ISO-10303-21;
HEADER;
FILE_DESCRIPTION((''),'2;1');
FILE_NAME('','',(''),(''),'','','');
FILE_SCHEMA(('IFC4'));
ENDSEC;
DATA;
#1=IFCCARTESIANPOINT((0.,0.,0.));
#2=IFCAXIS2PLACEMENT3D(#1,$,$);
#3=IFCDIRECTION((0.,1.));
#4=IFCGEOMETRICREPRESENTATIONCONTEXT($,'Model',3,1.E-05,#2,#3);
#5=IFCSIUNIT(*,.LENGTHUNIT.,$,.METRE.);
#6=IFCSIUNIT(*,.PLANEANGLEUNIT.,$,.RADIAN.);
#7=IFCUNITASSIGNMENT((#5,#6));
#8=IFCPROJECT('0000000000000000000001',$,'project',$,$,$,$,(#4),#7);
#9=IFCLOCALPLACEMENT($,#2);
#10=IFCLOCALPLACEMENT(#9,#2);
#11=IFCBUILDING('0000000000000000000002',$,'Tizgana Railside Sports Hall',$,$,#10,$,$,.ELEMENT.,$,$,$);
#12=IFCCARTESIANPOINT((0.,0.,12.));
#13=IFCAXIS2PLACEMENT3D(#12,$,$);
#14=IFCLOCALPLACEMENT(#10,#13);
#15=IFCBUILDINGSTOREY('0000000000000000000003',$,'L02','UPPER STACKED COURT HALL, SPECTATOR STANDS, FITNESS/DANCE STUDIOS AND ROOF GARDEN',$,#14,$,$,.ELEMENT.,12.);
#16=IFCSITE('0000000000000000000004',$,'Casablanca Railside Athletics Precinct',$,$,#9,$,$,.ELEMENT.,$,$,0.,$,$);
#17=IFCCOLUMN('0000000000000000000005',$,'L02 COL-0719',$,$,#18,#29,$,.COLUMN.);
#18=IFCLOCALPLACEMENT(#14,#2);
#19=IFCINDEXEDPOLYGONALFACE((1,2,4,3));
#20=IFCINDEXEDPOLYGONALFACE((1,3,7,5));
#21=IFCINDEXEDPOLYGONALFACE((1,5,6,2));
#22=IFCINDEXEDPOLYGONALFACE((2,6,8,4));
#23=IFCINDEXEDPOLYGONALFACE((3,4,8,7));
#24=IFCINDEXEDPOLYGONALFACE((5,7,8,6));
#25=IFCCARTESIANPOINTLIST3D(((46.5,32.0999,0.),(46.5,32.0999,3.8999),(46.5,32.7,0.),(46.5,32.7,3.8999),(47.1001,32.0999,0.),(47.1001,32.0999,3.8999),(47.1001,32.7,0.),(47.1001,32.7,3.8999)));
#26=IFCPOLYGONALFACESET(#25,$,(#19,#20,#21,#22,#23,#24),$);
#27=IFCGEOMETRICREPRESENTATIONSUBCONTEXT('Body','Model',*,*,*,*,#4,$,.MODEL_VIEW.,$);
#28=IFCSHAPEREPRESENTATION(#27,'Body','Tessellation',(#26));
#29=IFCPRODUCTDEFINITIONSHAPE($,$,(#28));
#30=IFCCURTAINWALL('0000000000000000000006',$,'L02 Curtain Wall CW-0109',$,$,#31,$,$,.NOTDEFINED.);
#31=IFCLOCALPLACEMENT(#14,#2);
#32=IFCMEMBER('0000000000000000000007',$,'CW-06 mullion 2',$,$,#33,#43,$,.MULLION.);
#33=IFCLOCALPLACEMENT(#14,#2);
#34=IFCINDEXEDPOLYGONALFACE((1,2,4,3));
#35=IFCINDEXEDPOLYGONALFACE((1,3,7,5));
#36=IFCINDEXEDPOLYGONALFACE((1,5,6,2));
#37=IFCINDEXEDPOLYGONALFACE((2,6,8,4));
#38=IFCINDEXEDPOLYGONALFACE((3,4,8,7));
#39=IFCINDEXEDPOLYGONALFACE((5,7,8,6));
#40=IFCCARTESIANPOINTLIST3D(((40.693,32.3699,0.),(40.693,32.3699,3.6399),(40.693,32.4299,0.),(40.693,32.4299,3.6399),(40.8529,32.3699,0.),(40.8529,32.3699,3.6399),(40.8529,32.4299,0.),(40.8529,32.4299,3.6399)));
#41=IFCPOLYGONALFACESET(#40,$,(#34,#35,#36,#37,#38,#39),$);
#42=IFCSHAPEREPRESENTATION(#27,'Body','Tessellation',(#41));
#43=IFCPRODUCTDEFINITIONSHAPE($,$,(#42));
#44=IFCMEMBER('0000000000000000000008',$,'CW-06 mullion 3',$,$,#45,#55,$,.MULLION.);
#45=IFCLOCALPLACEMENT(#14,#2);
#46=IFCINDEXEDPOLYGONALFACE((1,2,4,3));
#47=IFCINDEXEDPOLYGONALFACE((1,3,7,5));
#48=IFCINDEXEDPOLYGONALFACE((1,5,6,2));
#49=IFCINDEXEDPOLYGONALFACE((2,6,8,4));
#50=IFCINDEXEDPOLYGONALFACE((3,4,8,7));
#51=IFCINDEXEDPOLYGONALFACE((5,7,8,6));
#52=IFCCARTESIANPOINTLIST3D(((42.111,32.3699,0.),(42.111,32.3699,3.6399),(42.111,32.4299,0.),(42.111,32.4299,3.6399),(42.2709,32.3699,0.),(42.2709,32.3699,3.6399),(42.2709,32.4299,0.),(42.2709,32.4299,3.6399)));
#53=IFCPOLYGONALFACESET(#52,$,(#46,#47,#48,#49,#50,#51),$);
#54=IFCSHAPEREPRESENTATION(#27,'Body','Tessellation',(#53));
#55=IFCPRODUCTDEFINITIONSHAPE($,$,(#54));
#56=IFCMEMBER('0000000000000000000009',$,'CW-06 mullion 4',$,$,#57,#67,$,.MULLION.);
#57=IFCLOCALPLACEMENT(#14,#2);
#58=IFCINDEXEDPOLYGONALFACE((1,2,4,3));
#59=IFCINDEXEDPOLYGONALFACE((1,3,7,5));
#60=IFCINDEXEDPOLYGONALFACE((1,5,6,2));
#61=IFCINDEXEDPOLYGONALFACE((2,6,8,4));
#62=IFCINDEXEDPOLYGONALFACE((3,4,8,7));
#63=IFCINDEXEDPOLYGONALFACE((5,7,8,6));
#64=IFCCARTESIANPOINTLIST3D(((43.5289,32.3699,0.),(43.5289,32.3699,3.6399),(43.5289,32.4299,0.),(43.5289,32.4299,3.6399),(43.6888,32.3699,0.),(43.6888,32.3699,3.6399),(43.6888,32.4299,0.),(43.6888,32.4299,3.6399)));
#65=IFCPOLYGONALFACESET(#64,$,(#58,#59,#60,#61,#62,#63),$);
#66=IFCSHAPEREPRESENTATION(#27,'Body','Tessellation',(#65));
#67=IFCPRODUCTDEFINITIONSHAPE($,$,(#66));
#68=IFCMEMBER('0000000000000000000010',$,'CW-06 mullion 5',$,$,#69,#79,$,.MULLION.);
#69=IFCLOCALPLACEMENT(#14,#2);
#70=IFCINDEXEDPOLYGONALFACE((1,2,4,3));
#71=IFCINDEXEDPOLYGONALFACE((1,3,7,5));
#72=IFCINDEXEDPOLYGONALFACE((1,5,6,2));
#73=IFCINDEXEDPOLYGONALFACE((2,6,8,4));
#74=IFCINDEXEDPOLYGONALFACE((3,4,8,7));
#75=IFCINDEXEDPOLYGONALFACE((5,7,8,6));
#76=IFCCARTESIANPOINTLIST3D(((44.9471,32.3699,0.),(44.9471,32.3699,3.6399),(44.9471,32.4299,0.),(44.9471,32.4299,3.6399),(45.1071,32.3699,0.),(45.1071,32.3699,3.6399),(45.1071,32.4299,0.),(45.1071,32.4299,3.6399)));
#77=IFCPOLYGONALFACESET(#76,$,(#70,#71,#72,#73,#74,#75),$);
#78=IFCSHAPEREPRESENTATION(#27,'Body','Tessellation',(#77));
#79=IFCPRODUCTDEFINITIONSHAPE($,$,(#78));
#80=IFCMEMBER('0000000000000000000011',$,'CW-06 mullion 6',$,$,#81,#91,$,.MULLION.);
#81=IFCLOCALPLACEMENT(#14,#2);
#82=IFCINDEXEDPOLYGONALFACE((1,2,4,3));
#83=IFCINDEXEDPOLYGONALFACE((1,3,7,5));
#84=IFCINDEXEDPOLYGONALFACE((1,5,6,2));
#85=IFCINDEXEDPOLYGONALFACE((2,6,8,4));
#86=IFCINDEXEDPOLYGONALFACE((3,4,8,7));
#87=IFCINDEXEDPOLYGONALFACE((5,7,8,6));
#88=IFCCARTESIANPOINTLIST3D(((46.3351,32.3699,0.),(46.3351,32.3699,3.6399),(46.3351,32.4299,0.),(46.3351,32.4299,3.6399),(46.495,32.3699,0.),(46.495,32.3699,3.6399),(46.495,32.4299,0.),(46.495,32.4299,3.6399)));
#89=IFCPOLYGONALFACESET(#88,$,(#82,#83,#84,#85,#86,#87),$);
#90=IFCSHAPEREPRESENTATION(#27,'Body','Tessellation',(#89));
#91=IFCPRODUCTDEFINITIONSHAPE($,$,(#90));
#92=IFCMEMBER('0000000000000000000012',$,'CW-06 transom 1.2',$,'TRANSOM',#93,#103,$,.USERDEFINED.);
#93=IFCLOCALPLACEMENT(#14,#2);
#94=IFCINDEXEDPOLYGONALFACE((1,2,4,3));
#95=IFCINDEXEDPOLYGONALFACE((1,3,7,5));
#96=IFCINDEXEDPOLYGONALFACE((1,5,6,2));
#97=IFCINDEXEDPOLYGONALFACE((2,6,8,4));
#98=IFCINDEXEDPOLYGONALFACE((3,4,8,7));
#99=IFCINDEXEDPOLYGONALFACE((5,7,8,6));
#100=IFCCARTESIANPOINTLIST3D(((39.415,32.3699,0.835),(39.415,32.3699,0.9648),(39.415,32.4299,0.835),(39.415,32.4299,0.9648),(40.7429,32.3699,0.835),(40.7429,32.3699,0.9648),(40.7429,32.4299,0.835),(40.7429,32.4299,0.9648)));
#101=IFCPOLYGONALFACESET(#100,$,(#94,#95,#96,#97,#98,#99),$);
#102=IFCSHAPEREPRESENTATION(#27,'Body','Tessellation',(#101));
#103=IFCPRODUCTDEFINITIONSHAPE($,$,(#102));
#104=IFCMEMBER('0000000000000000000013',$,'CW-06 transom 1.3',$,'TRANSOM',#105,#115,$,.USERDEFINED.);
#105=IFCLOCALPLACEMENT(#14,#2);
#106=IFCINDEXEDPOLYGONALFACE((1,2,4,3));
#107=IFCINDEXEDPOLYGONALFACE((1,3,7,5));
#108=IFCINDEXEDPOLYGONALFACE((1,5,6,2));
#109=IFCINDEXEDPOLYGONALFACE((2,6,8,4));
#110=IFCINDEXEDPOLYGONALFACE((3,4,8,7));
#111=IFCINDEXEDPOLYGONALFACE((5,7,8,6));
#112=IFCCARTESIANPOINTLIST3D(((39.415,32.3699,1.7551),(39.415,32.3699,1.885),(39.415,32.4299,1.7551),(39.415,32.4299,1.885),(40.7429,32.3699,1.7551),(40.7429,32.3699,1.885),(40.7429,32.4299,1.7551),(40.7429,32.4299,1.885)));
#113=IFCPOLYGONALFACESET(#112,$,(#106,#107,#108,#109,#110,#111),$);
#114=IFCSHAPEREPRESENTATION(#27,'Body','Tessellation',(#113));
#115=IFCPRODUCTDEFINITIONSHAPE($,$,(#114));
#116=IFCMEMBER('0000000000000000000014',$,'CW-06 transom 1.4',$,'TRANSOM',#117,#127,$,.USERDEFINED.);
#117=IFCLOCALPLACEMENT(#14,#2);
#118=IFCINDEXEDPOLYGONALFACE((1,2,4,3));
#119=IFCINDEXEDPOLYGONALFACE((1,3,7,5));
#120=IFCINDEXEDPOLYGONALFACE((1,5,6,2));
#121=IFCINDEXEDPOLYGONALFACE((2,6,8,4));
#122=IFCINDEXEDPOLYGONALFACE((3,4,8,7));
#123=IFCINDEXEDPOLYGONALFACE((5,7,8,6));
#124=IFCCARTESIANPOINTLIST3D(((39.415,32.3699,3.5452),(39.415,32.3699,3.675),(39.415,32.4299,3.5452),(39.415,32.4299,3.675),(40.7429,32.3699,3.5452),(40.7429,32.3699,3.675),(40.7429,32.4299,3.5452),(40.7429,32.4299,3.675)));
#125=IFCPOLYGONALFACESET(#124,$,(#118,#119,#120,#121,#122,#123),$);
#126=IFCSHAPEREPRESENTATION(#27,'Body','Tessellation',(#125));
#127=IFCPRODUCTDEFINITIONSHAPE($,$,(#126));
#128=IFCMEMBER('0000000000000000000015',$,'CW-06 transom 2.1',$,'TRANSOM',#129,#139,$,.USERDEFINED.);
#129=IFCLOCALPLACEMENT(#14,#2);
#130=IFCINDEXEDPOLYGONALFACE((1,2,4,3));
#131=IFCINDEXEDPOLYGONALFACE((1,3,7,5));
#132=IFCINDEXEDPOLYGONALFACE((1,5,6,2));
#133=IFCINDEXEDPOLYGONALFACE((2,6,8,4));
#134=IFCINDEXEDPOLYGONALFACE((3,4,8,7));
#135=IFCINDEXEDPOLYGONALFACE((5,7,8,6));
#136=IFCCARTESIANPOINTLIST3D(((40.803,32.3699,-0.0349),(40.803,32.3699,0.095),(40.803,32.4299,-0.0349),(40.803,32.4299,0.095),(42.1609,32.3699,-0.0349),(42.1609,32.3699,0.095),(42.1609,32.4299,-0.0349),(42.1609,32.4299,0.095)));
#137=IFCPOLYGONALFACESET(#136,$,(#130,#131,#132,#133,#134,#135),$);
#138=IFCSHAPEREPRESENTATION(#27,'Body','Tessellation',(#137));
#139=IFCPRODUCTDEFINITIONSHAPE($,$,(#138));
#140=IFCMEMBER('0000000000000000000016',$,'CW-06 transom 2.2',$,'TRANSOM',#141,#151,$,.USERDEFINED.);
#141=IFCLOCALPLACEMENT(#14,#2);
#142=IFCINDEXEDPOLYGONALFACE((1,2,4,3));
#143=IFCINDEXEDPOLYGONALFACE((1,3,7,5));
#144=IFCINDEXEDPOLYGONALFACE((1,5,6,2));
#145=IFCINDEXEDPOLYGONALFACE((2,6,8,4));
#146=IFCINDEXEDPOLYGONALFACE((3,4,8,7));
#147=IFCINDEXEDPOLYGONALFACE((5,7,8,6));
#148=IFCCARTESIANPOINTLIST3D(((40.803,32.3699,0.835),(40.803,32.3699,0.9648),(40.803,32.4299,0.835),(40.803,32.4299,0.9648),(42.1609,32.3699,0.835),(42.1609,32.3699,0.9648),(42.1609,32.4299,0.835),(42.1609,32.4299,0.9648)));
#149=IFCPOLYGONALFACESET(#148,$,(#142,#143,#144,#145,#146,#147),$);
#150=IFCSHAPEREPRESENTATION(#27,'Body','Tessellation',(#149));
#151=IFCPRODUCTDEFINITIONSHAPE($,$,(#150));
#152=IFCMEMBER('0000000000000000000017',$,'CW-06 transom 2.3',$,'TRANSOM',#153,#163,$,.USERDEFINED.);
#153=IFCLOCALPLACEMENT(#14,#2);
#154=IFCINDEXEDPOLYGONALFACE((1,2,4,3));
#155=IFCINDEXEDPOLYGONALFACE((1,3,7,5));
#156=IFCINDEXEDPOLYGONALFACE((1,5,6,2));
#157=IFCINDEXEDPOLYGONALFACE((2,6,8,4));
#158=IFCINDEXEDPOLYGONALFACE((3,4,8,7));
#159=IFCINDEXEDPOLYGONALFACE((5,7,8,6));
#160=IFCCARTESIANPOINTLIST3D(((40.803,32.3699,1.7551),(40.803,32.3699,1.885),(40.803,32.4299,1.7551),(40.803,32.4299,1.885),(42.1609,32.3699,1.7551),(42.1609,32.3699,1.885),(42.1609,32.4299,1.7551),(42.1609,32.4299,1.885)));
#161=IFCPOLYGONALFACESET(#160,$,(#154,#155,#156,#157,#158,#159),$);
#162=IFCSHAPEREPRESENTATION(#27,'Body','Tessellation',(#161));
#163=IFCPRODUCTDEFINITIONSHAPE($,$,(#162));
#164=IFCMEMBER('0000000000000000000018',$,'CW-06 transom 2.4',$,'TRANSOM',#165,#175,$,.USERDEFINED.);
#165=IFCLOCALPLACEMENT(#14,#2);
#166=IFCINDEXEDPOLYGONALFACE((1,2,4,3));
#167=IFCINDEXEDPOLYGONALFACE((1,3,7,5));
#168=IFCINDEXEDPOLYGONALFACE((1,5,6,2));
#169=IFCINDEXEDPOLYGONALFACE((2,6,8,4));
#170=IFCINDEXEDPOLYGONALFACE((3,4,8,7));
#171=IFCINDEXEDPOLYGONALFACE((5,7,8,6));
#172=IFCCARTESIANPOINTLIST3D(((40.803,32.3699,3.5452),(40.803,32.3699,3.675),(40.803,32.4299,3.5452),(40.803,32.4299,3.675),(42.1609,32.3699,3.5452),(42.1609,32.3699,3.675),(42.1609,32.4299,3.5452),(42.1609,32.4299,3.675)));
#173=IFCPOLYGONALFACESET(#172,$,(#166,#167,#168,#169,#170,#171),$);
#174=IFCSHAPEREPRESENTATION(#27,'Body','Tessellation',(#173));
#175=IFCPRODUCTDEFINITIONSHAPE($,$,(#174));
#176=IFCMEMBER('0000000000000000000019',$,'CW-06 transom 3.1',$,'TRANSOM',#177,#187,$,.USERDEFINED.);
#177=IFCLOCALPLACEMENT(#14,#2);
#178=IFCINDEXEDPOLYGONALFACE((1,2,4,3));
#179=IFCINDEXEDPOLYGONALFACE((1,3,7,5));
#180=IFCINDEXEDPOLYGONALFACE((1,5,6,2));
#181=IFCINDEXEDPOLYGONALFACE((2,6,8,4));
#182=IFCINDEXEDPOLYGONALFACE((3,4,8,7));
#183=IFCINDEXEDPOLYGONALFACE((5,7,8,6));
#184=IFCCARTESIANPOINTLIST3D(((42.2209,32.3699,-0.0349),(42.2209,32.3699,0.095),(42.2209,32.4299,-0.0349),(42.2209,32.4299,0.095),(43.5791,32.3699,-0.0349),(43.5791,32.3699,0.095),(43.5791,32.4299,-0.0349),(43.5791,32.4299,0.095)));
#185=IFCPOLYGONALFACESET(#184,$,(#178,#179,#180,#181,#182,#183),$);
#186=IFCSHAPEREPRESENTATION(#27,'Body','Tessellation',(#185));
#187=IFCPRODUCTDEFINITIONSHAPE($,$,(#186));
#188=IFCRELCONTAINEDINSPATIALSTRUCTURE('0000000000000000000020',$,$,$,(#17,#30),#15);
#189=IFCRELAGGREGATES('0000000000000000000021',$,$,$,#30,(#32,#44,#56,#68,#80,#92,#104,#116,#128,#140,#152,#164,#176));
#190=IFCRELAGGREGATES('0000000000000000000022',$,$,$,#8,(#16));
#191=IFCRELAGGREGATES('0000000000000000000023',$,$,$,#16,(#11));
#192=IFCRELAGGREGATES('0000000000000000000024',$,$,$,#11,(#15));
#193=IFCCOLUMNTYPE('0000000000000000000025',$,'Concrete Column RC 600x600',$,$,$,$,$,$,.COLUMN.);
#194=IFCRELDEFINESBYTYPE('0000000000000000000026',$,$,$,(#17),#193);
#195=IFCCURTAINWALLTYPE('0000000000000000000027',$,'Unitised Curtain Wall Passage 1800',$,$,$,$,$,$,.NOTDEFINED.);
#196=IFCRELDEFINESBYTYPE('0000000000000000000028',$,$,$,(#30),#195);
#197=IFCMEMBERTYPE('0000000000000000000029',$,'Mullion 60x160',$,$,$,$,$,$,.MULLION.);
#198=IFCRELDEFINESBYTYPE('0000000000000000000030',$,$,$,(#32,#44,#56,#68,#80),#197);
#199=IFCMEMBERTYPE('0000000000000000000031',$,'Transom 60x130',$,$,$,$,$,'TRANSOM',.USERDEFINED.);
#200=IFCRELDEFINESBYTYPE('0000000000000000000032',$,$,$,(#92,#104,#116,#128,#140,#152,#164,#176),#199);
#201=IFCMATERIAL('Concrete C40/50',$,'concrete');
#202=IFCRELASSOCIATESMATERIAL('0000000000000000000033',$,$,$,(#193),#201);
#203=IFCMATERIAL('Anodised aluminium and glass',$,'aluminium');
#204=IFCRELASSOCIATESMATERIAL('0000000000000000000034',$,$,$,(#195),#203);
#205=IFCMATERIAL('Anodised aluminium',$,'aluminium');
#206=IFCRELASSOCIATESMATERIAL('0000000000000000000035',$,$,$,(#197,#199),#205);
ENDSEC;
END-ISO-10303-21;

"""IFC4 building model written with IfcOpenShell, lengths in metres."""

from ifc_helpers import new_model, si_unit, direction, frame, origin, origin_2d, place, context, subcontext, project, spatial, rectangle, extrude, material, material_profile, profile_set, type_object, element, aggregate, save


model = new_model("IFC4")

# Units and contexts
model_context = context("Model", 3, precision=1e-05, world=origin(), true_north=direction((0.0, 1.0)))
body_context = subcontext(model_context, "Body", "Model", "MODEL_VIEW")
ifc_project = project(units=[si_unit("LENGTHUNIT", "METRE"), si_unit("PLANEANGLEUNIT", "RADIAN")], contexts=[model_context])

# Site, building, storey
site_placement = place(None, origin())
site = spatial("IfcSite", under=ifc_project, at=site_placement, Name="Casablanca Railside Athletics Precinct", CompositionType="ELEMENT", RefElevation=0.0)
building_placement = place(site_placement, origin())
building = spatial("IfcBuilding", under=site, at=building_placement, Name="Tizgana Railside Sports Hall", CompositionType="ELEMENT")
storey_placement = place(building_placement, frame((0.0, 0.0, 12.0)))
storey = spatial("IfcBuildingStorey", under=building, at=storey_placement, Name="L02", Description="UPPER STACKED COURT HALL, SPECTATOR STANDS, FITNESS/DANCE STUDIOS AND ROOF GARDEN", CompositionType="ELEMENT", Elevation=12.0)

# Column
ifc_material_1 = material(Name="Concrete C40/50", Category="concrete")
ifc_material_profile_1 = material_profile(ifc_material_1, rectangle(XDim=0.6001, YDim=0.6001, at=origin_2d()), Name="RC 600x600")
ifc_profile_set_1 = profile_set([ifc_material_profile_1], Name="Concrete C40/50")
column_type = type_object("IfcColumnType", Name="Concrete Column RC 600x600", PredefinedType="COLUMN", material=ifc_profile_set_1)
column_placement = place(storey_placement, frame((46.8, 32.3999, 0.0), z_axis=(0.0, 0.0, 1.0), x_axis=(1.0, 0.0, 0.0)))
element("IfcColumn", 1, at=column_placement, inside=storey, type_object=column_type, Name="L02 COL-0719", PredefinedType="COLUMN", context=body_context, shape_type="SweptSolid", body=[
    extrude(rectangle(XDim=0.6001, YDim=0.6001, at=origin_2d()), origin(), (0.0, 0.0, 1.0), 3.8999),
])

# Curtain wall, members
ifc_material_2 = material(Name="Anodised aluminium and glass", Category="aluminium")
curtain_wall_type = type_object("IfcCurtainWallType", Name="Unitised Curtain Wall Passage 1800", PredefinedType="NOTDEFINED", material=ifc_material_2)
curtain_wall_placement = place(storey_placement, origin())
curtain_wall = element("IfcCurtainWall", 2, at=curtain_wall_placement, inside=storey, type_object=curtain_wall_type, Name="L02 Curtain Wall CW-0109", PredefinedType="NOTDEFINED")
ifc_material_3 = material(Name="Anodised aluminium", Category="aluminium")
ifc_material_profile_2 = material_profile(ifc_material_3, rectangle(XDim=0.0601, YDim=0.1599, at=origin_2d()), Name="Mullion 60x160")
ifc_profile_set_2 = profile_set([ifc_material_profile_2], Name="Anodised aluminium")
member_type_1 = type_object("IfcMemberType", Name="Mullion 60x160", PredefinedType="MULLION", material=ifc_profile_set_2)
member_1_placement = place(storey_placement, frame((40.7729, 32.3999, 0.0), z_axis=(0.0, 0.0, 1.0), x_axis=(0.0, 1.0, 0.0)))
member_1 = element("IfcMember", 3, at=member_1_placement, type_object=member_type_1, Name="CW-06 mullion 2", PredefinedType="MULLION", context=body_context, shape_type="SweptSolid", body=[
    extrude(rectangle(XDim=0.0601, YDim=0.1599, at=origin_2d()), origin(), (0.0, 0.0, 1.0), 3.6399),
])
member_2_placement = place(storey_placement, frame((42.1909, 32.3999, 0.0), z_axis=(0.0, 0.0, 1.0), x_axis=(0.0, 1.0, 0.0)))
member_2 = element("IfcMember", 4, at=member_2_placement, type_object=member_type_1, Name="CW-06 mullion 3", PredefinedType="MULLION", context=body_context, shape_type="SweptSolid", body=[
    extrude(rectangle(XDim=0.0601, YDim=0.1599, at=origin_2d()), origin(), (0.0, 0.0, 1.0), 3.6399),
])
member_3_placement = place(storey_placement, frame((43.6089, 32.3999, 0.0), z_axis=(0.0, 0.0, 1.0), x_axis=(0.0, 1.0, 0.0)))
member_3 = element("IfcMember", 5, at=member_3_placement, type_object=member_type_1, Name="CW-06 mullion 4", PredefinedType="MULLION", context=body_context, shape_type="SweptSolid", body=[
    extrude(rectangle(XDim=0.0601, YDim=0.1599, at=origin_2d()), origin(), (0.0, 0.0, 1.0), 3.6399),
])
member_4_placement = place(storey_placement, frame((45.0271, 32.3999, 0.0), z_axis=(0.0, 0.0, 1.0), x_axis=(0.0, 1.0, 0.0)))
member_4 = element("IfcMember", 6, at=member_4_placement, type_object=member_type_1, Name="CW-06 mullion 5", PredefinedType="MULLION", context=body_context, shape_type="SweptSolid", body=[
    extrude(rectangle(XDim=0.0601, YDim=0.1599, at=origin_2d()), origin(), (0.0, 0.0, 1.0), 3.6399),
])
member_5_placement = place(storey_placement, frame((46.415, 32.3999, 0.0), z_axis=(0.0, 0.0, 1.0), x_axis=(0.0, 1.0, 0.0)))
member_5 = element("IfcMember", 7, at=member_5_placement, type_object=member_type_1, Name="CW-06 mullion 6", PredefinedType="MULLION", context=body_context, shape_type="SweptSolid", body=[
    extrude(rectangle(XDim=0.0601, YDim=0.1599, at=origin_2d()), origin(), (0.0, 0.0, 1.0), 3.6399),
])
ifc_material_profile_3 = material_profile(ifc_material_3, rectangle(XDim=0.0601, YDim=0.1299, at=origin_2d()), Name="Transom 60x130")
ifc_profile_set_3 = profile_set([ifc_material_profile_3], Name="Anodised aluminium")
member_type_2 = type_object("IfcMemberType", Name="Transom 60x130", ElementType="TRANSOM", PredefinedType="USERDEFINED", material=ifc_profile_set_3)
member_6_placement = place(storey_placement, frame((39.415, 32.3999, 0.8999), z_axis=(1.0, 0.0, 0.0), x_axis=(0.0, 1.0, 0.0)))
member_6 = element("IfcMember", 8, at=member_6_placement, type_object=member_type_2, Name="CW-06 transom 1.2", ObjectType="TRANSOM", PredefinedType="USERDEFINED", context=body_context, shape_type="SweptSolid", body=[
    extrude(rectangle(XDim=0.0601, YDim=0.1299, at=origin_2d()), origin(), (0.0, 0.0, 1.0), 1.3279),
])
member_7_placement = place(storey_placement, frame((39.415, 32.3999, 1.8201), z_axis=(1.0, 0.0, 0.0), x_axis=(0.0, 1.0, 0.0)))
member_7 = element("IfcMember", 9, at=member_7_placement, type_object=member_type_2, Name="CW-06 transom 1.3", ObjectType="TRANSOM", PredefinedType="USERDEFINED", context=body_context, shape_type="SweptSolid", body=[
    extrude(rectangle(XDim=0.0601, YDim=0.1299, at=origin_2d()), origin(), (0.0, 0.0, 1.0), 1.3279),
])
member_8_placement = place(storey_placement, frame((39.415, 32.3999, 3.6101), z_axis=(1.0, 0.0, 0.0), x_axis=(0.0, 1.0, 0.0)))
member_8 = element("IfcMember", 10, at=member_8_placement, type_object=member_type_2, Name="CW-06 transom 1.4", ObjectType="TRANSOM", PredefinedType="USERDEFINED", context=body_context, shape_type="SweptSolid", body=[
    extrude(rectangle(XDim=0.0601, YDim=0.1299, at=origin_2d()), origin(), (0.0, 0.0, 1.0), 1.3279),
])
member_9_placement = place(storey_placement, frame((40.803, 32.3999, 0.03), z_axis=(1.0, 0.0, 0.0), x_axis=(0.0, 1.0, 0.0)))
member_9 = element("IfcMember", 11, at=member_9_placement, type_object=member_type_2, Name="CW-06 transom 2.1", ObjectType="TRANSOM", PredefinedType="USERDEFINED", context=body_context, shape_type="SweptSolid", body=[
    extrude(rectangle(XDim=0.0601, YDim=0.1299, at=origin_2d()), origin(), (0.0, 0.0, 1.0), 1.3579),
])
member_10_placement = place(storey_placement, frame((40.803, 32.3999, 0.8999), z_axis=(1.0, 0.0, 0.0), x_axis=(0.0, 1.0, 0.0)))
member_10 = element("IfcMember", 12, at=member_10_placement, type_object=member_type_2, Name="CW-06 transom 2.2", ObjectType="TRANSOM", PredefinedType="USERDEFINED", context=body_context, shape_type="SweptSolid", body=[
    extrude(rectangle(XDim=0.0601, YDim=0.1299, at=origin_2d()), origin(), (0.0, 0.0, 1.0), 1.3579),
])
member_11_placement = place(storey_placement, frame((40.803, 32.3999, 1.8201), z_axis=(1.0, 0.0, 0.0), x_axis=(0.0, 1.0, 0.0)))
member_11 = element("IfcMember", 13, at=member_11_placement, type_object=member_type_2, Name="CW-06 transom 2.3", ObjectType="TRANSOM", PredefinedType="USERDEFINED", context=body_context, shape_type="SweptSolid", body=[
    extrude(rectangle(XDim=0.0601, YDim=0.1299, at=origin_2d()), origin(), (0.0, 0.0, 1.0), 1.3579),
])
member_12_placement = place(storey_placement, frame((40.803, 32.3999, 3.6101), z_axis=(1.0, 0.0, 0.0), x_axis=(0.0, 1.0, 0.0)))
member_12 = element("IfcMember", 14, at=member_12_placement, type_object=member_type_2, Name="CW-06 transom 2.4", ObjectType="TRANSOM", PredefinedType="USERDEFINED", context=body_context, shape_type="SweptSolid", body=[
    extrude(rectangle(XDim=0.0601, YDim=0.1299, at=origin_2d()), origin(), (0.0, 0.0, 1.0), 1.3579),
])
member_13_placement = place(storey_placement, frame((42.2209, 32.3999, 0.03), z_axis=(1.0, 0.0, 0.0), x_axis=(0.0, 1.0, 0.0)))
member_13 = element("IfcMember", 15, at=member_13_placement, type_object=member_type_2, Name="CW-06 transom 3.1", ObjectType="TRANSOM", PredefinedType="USERDEFINED", context=body_context, shape_type="SweptSolid", body=[
    extrude(rectangle(XDim=0.0601, YDim=0.1299, at=origin_2d()), origin(), (0.0, 0.0, 1.0), 1.3582),
])
aggregate(curtain_wall, [member_1, member_2, member_3, member_4, member_5, member_6, member_7, member_8, member_9, member_10, member_11, member_12, member_13])

save(model, "model.ifc")
